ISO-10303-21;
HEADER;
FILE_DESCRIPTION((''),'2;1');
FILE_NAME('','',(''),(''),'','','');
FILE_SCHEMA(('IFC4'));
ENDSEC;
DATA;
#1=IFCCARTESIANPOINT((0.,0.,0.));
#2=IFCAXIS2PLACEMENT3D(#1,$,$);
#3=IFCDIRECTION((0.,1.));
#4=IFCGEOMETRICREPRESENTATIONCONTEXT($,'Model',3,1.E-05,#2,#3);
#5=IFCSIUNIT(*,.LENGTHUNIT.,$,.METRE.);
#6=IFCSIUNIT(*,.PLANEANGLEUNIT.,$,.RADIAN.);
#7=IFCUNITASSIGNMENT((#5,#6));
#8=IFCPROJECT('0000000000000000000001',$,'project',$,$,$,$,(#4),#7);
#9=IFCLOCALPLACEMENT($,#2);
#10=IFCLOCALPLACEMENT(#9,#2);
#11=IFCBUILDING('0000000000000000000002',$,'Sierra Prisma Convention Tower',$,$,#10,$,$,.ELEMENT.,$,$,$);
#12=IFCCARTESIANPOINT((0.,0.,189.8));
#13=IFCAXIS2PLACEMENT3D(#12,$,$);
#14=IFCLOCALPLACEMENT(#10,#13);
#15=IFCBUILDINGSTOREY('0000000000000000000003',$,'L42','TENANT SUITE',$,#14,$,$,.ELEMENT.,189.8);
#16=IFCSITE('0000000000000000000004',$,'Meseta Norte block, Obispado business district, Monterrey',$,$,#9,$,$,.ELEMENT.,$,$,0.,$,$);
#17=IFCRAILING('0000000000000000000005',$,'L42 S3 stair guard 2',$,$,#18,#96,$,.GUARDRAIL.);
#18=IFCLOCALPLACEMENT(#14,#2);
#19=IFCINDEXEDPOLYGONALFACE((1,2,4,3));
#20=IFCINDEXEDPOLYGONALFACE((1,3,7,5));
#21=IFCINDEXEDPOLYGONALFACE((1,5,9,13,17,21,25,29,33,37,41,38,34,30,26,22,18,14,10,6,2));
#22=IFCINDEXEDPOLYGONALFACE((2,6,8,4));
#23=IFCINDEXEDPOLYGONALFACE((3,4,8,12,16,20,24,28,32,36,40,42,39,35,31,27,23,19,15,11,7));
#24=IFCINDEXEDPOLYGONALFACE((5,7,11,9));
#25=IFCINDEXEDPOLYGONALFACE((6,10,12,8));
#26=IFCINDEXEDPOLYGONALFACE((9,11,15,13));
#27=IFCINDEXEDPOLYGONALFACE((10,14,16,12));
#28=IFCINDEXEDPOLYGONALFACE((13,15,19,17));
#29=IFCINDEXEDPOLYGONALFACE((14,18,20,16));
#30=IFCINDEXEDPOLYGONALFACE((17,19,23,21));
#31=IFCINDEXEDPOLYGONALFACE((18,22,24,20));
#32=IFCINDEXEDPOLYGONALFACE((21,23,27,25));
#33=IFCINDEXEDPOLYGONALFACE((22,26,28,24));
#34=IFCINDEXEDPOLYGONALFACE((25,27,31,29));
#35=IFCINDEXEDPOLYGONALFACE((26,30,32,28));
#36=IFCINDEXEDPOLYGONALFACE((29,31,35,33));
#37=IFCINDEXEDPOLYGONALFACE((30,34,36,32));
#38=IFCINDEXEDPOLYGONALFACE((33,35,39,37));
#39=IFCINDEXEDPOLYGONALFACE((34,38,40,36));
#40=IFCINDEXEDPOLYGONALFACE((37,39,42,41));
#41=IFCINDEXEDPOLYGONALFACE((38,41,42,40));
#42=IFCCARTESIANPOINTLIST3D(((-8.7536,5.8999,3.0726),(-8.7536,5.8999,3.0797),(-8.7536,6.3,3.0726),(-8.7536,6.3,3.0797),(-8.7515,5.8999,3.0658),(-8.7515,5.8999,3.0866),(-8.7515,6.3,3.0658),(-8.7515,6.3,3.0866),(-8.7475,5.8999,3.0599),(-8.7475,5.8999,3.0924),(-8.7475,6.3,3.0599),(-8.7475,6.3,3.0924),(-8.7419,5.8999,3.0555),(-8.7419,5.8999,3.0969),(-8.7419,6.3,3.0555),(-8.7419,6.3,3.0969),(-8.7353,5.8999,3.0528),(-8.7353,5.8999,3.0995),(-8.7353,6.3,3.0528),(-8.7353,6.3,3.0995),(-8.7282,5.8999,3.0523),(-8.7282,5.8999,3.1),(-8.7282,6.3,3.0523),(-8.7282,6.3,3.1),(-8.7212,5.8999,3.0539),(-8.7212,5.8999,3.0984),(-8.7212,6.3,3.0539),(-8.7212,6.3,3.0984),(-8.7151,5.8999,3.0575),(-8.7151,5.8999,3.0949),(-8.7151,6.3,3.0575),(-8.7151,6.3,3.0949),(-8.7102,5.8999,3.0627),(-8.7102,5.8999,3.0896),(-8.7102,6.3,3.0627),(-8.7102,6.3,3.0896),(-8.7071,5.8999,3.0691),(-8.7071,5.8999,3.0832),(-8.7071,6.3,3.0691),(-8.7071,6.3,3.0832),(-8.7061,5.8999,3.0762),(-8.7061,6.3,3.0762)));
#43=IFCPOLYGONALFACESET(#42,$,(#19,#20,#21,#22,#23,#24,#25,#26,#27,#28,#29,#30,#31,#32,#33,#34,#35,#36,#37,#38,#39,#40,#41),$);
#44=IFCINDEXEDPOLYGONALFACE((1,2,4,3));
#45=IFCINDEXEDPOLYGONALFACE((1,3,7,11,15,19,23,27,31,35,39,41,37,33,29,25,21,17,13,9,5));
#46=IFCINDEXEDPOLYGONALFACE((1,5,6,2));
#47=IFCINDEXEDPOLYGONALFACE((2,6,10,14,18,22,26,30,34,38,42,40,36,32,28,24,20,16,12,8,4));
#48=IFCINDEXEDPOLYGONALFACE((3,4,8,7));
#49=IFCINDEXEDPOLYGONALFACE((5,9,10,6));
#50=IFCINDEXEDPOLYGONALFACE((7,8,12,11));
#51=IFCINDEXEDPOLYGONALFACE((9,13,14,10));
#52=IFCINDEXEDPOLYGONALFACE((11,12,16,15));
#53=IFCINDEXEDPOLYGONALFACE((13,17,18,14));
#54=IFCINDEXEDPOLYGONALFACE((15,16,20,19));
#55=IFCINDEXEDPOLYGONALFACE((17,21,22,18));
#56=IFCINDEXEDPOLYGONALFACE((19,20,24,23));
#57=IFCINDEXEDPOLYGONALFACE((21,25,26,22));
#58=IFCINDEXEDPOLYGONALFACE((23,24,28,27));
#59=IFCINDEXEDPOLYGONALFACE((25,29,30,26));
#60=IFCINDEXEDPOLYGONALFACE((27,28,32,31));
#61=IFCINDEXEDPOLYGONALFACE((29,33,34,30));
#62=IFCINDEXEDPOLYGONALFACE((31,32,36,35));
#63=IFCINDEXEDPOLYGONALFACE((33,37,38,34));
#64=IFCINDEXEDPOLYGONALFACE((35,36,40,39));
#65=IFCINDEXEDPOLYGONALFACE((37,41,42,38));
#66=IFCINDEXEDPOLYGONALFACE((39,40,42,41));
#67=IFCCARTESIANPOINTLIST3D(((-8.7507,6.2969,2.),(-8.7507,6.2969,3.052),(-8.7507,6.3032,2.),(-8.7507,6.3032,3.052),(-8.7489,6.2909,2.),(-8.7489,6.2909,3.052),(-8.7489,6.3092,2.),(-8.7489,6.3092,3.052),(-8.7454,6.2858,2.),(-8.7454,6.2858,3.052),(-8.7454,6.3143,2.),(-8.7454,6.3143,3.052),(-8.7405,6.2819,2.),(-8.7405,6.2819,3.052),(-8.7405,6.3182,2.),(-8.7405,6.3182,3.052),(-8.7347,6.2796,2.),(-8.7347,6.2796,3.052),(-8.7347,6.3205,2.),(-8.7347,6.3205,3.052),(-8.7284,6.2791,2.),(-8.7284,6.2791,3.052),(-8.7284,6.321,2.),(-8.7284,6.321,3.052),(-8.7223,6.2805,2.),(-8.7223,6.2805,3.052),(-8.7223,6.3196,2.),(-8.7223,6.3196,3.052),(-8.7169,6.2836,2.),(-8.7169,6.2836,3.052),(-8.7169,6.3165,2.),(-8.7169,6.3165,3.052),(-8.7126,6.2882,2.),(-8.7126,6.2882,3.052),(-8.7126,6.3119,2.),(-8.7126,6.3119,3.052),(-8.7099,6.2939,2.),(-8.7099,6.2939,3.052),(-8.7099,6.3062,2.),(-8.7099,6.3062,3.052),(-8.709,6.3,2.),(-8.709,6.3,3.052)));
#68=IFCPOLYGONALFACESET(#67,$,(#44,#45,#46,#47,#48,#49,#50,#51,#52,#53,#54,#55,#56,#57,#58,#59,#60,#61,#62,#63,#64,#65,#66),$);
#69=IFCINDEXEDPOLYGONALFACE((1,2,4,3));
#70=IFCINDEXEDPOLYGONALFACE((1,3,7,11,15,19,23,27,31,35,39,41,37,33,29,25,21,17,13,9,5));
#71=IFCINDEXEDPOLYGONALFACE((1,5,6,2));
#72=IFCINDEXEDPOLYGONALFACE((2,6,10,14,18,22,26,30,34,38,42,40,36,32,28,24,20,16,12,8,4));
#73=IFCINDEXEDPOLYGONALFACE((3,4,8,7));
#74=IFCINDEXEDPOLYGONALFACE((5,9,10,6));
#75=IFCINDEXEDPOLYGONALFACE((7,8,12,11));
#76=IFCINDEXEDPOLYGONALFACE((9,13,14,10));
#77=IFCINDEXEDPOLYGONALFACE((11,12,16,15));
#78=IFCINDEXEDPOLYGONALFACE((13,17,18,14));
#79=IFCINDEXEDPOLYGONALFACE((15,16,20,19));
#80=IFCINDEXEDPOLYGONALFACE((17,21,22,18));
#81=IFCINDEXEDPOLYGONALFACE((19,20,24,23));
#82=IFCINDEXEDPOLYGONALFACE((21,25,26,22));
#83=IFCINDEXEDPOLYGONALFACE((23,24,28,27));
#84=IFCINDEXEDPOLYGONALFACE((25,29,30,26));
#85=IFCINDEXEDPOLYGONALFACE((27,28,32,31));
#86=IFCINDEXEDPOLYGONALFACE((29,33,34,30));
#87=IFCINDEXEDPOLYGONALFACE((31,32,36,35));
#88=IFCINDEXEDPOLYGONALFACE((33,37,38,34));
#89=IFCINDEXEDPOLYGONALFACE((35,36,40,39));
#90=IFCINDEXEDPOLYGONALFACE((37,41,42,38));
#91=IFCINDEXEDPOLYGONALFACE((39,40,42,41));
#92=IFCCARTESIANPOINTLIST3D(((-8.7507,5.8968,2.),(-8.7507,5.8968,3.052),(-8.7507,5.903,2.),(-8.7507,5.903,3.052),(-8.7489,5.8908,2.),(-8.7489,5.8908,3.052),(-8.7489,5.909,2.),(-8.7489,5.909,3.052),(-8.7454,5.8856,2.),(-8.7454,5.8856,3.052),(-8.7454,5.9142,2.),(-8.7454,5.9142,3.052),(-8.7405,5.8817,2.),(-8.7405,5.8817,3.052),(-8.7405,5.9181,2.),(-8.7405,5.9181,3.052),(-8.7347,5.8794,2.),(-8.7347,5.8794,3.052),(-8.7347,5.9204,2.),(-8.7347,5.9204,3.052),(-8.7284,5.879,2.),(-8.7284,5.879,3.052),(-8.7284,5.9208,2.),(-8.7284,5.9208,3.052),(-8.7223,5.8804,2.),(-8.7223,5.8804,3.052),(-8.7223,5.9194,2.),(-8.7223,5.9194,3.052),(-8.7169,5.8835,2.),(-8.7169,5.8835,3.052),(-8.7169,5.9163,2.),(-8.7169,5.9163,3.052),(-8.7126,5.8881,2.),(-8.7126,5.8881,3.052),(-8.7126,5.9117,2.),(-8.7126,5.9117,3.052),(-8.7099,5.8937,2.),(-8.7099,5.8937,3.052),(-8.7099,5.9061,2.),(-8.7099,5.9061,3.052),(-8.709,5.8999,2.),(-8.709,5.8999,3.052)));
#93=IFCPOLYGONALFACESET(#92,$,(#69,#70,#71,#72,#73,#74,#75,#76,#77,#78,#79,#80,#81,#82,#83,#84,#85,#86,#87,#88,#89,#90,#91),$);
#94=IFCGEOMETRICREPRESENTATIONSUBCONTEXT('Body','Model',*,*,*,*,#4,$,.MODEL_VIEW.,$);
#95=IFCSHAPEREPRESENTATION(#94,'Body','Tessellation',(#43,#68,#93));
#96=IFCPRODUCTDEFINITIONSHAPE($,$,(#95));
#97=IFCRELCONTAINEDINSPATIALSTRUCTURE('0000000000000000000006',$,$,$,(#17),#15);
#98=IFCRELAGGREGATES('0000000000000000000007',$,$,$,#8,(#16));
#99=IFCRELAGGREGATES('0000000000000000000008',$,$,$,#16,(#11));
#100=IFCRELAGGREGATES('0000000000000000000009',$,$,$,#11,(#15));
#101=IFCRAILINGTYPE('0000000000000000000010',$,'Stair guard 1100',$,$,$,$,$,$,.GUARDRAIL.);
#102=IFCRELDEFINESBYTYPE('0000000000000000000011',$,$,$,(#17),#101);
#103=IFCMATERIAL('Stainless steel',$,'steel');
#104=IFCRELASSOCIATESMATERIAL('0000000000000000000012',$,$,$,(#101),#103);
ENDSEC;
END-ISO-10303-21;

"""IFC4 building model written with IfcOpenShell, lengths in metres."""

from ifc_helpers import new_model, si_unit, direction, frame, origin, origin_2d, place, context, subcontext, project, spatial, circle, extrude, material, type_object, element, save


model = new_model("IFC4")

# Units and contexts
model_context = context("Model", 3, precision=1e-05, world=origin(), true_north=direction((0.0, 1.0)))
body_context = subcontext(model_context, "Body", "Model", "MODEL_VIEW")
ifc_project = project(units=[si_unit("LENGTHUNIT", "METRE"), si_unit("PLANEANGLEUNIT", "RADIAN")], contexts=[model_context])

# Site, building, storey
site_placement = place(None, origin())
site = spatial("IfcSite", under=ifc_project, at=site_placement, Name="Meseta Norte block, Obispado business district, Monterrey", CompositionType="ELEMENT", RefElevation=0.0)
building_placement = place(site_placement, origin())
building = spatial("IfcBuilding", under=site, at=building_placement, Name="Sierra Prisma Convention Tower", CompositionType="ELEMENT")
storey_placement = place(building_placement, frame((0.0, 0.0, 189.8)))
storey = spatial("IfcBuildingStorey", under=building, at=storey_placement, Name="L42", Description="TENANT SUITE", CompositionType="ELEMENT", Elevation=189.8)

# Railing
ifc_material_1 = material(Name="Stainless steel", Category="steel")
railing_type_1 = type_object("IfcRailingType", Name="Stair guard 1100", PredefinedType="GUARDRAIL", material=ifc_material_1)
railing_1_placement = place(storey_placement, frame((-8.73, 6.3, 2.0)))
element("IfcRailing", 1, at=railing_1_placement, inside=storey, type_object=railing_type_1, Name="L42 S3 stair guard 2", PredefinedType="GUARDRAIL", context=body_context, shape_type="SweptSolid", body=[
    extrude(circle(Radius=0.0239, at=origin_2d()), frame((0.0, 0.0, 1.0762), z_axis=(0.0, -1.0, 0.0), x_axis=(1.0, 0.0, 0.0)), (0.0, 0.0, 1.0), 0.4001),
    extrude(circle(Radius=0.021, at=origin_2d()), origin(), (0.0, 0.0, 1.0), 1.052),
    extrude(circle(Radius=0.021, at=origin_2d()), frame((0.0, -0.4001, 0.0)), (0.0, 0.0, 1.0), 1.052),
])

save(model, "model.ifc")
